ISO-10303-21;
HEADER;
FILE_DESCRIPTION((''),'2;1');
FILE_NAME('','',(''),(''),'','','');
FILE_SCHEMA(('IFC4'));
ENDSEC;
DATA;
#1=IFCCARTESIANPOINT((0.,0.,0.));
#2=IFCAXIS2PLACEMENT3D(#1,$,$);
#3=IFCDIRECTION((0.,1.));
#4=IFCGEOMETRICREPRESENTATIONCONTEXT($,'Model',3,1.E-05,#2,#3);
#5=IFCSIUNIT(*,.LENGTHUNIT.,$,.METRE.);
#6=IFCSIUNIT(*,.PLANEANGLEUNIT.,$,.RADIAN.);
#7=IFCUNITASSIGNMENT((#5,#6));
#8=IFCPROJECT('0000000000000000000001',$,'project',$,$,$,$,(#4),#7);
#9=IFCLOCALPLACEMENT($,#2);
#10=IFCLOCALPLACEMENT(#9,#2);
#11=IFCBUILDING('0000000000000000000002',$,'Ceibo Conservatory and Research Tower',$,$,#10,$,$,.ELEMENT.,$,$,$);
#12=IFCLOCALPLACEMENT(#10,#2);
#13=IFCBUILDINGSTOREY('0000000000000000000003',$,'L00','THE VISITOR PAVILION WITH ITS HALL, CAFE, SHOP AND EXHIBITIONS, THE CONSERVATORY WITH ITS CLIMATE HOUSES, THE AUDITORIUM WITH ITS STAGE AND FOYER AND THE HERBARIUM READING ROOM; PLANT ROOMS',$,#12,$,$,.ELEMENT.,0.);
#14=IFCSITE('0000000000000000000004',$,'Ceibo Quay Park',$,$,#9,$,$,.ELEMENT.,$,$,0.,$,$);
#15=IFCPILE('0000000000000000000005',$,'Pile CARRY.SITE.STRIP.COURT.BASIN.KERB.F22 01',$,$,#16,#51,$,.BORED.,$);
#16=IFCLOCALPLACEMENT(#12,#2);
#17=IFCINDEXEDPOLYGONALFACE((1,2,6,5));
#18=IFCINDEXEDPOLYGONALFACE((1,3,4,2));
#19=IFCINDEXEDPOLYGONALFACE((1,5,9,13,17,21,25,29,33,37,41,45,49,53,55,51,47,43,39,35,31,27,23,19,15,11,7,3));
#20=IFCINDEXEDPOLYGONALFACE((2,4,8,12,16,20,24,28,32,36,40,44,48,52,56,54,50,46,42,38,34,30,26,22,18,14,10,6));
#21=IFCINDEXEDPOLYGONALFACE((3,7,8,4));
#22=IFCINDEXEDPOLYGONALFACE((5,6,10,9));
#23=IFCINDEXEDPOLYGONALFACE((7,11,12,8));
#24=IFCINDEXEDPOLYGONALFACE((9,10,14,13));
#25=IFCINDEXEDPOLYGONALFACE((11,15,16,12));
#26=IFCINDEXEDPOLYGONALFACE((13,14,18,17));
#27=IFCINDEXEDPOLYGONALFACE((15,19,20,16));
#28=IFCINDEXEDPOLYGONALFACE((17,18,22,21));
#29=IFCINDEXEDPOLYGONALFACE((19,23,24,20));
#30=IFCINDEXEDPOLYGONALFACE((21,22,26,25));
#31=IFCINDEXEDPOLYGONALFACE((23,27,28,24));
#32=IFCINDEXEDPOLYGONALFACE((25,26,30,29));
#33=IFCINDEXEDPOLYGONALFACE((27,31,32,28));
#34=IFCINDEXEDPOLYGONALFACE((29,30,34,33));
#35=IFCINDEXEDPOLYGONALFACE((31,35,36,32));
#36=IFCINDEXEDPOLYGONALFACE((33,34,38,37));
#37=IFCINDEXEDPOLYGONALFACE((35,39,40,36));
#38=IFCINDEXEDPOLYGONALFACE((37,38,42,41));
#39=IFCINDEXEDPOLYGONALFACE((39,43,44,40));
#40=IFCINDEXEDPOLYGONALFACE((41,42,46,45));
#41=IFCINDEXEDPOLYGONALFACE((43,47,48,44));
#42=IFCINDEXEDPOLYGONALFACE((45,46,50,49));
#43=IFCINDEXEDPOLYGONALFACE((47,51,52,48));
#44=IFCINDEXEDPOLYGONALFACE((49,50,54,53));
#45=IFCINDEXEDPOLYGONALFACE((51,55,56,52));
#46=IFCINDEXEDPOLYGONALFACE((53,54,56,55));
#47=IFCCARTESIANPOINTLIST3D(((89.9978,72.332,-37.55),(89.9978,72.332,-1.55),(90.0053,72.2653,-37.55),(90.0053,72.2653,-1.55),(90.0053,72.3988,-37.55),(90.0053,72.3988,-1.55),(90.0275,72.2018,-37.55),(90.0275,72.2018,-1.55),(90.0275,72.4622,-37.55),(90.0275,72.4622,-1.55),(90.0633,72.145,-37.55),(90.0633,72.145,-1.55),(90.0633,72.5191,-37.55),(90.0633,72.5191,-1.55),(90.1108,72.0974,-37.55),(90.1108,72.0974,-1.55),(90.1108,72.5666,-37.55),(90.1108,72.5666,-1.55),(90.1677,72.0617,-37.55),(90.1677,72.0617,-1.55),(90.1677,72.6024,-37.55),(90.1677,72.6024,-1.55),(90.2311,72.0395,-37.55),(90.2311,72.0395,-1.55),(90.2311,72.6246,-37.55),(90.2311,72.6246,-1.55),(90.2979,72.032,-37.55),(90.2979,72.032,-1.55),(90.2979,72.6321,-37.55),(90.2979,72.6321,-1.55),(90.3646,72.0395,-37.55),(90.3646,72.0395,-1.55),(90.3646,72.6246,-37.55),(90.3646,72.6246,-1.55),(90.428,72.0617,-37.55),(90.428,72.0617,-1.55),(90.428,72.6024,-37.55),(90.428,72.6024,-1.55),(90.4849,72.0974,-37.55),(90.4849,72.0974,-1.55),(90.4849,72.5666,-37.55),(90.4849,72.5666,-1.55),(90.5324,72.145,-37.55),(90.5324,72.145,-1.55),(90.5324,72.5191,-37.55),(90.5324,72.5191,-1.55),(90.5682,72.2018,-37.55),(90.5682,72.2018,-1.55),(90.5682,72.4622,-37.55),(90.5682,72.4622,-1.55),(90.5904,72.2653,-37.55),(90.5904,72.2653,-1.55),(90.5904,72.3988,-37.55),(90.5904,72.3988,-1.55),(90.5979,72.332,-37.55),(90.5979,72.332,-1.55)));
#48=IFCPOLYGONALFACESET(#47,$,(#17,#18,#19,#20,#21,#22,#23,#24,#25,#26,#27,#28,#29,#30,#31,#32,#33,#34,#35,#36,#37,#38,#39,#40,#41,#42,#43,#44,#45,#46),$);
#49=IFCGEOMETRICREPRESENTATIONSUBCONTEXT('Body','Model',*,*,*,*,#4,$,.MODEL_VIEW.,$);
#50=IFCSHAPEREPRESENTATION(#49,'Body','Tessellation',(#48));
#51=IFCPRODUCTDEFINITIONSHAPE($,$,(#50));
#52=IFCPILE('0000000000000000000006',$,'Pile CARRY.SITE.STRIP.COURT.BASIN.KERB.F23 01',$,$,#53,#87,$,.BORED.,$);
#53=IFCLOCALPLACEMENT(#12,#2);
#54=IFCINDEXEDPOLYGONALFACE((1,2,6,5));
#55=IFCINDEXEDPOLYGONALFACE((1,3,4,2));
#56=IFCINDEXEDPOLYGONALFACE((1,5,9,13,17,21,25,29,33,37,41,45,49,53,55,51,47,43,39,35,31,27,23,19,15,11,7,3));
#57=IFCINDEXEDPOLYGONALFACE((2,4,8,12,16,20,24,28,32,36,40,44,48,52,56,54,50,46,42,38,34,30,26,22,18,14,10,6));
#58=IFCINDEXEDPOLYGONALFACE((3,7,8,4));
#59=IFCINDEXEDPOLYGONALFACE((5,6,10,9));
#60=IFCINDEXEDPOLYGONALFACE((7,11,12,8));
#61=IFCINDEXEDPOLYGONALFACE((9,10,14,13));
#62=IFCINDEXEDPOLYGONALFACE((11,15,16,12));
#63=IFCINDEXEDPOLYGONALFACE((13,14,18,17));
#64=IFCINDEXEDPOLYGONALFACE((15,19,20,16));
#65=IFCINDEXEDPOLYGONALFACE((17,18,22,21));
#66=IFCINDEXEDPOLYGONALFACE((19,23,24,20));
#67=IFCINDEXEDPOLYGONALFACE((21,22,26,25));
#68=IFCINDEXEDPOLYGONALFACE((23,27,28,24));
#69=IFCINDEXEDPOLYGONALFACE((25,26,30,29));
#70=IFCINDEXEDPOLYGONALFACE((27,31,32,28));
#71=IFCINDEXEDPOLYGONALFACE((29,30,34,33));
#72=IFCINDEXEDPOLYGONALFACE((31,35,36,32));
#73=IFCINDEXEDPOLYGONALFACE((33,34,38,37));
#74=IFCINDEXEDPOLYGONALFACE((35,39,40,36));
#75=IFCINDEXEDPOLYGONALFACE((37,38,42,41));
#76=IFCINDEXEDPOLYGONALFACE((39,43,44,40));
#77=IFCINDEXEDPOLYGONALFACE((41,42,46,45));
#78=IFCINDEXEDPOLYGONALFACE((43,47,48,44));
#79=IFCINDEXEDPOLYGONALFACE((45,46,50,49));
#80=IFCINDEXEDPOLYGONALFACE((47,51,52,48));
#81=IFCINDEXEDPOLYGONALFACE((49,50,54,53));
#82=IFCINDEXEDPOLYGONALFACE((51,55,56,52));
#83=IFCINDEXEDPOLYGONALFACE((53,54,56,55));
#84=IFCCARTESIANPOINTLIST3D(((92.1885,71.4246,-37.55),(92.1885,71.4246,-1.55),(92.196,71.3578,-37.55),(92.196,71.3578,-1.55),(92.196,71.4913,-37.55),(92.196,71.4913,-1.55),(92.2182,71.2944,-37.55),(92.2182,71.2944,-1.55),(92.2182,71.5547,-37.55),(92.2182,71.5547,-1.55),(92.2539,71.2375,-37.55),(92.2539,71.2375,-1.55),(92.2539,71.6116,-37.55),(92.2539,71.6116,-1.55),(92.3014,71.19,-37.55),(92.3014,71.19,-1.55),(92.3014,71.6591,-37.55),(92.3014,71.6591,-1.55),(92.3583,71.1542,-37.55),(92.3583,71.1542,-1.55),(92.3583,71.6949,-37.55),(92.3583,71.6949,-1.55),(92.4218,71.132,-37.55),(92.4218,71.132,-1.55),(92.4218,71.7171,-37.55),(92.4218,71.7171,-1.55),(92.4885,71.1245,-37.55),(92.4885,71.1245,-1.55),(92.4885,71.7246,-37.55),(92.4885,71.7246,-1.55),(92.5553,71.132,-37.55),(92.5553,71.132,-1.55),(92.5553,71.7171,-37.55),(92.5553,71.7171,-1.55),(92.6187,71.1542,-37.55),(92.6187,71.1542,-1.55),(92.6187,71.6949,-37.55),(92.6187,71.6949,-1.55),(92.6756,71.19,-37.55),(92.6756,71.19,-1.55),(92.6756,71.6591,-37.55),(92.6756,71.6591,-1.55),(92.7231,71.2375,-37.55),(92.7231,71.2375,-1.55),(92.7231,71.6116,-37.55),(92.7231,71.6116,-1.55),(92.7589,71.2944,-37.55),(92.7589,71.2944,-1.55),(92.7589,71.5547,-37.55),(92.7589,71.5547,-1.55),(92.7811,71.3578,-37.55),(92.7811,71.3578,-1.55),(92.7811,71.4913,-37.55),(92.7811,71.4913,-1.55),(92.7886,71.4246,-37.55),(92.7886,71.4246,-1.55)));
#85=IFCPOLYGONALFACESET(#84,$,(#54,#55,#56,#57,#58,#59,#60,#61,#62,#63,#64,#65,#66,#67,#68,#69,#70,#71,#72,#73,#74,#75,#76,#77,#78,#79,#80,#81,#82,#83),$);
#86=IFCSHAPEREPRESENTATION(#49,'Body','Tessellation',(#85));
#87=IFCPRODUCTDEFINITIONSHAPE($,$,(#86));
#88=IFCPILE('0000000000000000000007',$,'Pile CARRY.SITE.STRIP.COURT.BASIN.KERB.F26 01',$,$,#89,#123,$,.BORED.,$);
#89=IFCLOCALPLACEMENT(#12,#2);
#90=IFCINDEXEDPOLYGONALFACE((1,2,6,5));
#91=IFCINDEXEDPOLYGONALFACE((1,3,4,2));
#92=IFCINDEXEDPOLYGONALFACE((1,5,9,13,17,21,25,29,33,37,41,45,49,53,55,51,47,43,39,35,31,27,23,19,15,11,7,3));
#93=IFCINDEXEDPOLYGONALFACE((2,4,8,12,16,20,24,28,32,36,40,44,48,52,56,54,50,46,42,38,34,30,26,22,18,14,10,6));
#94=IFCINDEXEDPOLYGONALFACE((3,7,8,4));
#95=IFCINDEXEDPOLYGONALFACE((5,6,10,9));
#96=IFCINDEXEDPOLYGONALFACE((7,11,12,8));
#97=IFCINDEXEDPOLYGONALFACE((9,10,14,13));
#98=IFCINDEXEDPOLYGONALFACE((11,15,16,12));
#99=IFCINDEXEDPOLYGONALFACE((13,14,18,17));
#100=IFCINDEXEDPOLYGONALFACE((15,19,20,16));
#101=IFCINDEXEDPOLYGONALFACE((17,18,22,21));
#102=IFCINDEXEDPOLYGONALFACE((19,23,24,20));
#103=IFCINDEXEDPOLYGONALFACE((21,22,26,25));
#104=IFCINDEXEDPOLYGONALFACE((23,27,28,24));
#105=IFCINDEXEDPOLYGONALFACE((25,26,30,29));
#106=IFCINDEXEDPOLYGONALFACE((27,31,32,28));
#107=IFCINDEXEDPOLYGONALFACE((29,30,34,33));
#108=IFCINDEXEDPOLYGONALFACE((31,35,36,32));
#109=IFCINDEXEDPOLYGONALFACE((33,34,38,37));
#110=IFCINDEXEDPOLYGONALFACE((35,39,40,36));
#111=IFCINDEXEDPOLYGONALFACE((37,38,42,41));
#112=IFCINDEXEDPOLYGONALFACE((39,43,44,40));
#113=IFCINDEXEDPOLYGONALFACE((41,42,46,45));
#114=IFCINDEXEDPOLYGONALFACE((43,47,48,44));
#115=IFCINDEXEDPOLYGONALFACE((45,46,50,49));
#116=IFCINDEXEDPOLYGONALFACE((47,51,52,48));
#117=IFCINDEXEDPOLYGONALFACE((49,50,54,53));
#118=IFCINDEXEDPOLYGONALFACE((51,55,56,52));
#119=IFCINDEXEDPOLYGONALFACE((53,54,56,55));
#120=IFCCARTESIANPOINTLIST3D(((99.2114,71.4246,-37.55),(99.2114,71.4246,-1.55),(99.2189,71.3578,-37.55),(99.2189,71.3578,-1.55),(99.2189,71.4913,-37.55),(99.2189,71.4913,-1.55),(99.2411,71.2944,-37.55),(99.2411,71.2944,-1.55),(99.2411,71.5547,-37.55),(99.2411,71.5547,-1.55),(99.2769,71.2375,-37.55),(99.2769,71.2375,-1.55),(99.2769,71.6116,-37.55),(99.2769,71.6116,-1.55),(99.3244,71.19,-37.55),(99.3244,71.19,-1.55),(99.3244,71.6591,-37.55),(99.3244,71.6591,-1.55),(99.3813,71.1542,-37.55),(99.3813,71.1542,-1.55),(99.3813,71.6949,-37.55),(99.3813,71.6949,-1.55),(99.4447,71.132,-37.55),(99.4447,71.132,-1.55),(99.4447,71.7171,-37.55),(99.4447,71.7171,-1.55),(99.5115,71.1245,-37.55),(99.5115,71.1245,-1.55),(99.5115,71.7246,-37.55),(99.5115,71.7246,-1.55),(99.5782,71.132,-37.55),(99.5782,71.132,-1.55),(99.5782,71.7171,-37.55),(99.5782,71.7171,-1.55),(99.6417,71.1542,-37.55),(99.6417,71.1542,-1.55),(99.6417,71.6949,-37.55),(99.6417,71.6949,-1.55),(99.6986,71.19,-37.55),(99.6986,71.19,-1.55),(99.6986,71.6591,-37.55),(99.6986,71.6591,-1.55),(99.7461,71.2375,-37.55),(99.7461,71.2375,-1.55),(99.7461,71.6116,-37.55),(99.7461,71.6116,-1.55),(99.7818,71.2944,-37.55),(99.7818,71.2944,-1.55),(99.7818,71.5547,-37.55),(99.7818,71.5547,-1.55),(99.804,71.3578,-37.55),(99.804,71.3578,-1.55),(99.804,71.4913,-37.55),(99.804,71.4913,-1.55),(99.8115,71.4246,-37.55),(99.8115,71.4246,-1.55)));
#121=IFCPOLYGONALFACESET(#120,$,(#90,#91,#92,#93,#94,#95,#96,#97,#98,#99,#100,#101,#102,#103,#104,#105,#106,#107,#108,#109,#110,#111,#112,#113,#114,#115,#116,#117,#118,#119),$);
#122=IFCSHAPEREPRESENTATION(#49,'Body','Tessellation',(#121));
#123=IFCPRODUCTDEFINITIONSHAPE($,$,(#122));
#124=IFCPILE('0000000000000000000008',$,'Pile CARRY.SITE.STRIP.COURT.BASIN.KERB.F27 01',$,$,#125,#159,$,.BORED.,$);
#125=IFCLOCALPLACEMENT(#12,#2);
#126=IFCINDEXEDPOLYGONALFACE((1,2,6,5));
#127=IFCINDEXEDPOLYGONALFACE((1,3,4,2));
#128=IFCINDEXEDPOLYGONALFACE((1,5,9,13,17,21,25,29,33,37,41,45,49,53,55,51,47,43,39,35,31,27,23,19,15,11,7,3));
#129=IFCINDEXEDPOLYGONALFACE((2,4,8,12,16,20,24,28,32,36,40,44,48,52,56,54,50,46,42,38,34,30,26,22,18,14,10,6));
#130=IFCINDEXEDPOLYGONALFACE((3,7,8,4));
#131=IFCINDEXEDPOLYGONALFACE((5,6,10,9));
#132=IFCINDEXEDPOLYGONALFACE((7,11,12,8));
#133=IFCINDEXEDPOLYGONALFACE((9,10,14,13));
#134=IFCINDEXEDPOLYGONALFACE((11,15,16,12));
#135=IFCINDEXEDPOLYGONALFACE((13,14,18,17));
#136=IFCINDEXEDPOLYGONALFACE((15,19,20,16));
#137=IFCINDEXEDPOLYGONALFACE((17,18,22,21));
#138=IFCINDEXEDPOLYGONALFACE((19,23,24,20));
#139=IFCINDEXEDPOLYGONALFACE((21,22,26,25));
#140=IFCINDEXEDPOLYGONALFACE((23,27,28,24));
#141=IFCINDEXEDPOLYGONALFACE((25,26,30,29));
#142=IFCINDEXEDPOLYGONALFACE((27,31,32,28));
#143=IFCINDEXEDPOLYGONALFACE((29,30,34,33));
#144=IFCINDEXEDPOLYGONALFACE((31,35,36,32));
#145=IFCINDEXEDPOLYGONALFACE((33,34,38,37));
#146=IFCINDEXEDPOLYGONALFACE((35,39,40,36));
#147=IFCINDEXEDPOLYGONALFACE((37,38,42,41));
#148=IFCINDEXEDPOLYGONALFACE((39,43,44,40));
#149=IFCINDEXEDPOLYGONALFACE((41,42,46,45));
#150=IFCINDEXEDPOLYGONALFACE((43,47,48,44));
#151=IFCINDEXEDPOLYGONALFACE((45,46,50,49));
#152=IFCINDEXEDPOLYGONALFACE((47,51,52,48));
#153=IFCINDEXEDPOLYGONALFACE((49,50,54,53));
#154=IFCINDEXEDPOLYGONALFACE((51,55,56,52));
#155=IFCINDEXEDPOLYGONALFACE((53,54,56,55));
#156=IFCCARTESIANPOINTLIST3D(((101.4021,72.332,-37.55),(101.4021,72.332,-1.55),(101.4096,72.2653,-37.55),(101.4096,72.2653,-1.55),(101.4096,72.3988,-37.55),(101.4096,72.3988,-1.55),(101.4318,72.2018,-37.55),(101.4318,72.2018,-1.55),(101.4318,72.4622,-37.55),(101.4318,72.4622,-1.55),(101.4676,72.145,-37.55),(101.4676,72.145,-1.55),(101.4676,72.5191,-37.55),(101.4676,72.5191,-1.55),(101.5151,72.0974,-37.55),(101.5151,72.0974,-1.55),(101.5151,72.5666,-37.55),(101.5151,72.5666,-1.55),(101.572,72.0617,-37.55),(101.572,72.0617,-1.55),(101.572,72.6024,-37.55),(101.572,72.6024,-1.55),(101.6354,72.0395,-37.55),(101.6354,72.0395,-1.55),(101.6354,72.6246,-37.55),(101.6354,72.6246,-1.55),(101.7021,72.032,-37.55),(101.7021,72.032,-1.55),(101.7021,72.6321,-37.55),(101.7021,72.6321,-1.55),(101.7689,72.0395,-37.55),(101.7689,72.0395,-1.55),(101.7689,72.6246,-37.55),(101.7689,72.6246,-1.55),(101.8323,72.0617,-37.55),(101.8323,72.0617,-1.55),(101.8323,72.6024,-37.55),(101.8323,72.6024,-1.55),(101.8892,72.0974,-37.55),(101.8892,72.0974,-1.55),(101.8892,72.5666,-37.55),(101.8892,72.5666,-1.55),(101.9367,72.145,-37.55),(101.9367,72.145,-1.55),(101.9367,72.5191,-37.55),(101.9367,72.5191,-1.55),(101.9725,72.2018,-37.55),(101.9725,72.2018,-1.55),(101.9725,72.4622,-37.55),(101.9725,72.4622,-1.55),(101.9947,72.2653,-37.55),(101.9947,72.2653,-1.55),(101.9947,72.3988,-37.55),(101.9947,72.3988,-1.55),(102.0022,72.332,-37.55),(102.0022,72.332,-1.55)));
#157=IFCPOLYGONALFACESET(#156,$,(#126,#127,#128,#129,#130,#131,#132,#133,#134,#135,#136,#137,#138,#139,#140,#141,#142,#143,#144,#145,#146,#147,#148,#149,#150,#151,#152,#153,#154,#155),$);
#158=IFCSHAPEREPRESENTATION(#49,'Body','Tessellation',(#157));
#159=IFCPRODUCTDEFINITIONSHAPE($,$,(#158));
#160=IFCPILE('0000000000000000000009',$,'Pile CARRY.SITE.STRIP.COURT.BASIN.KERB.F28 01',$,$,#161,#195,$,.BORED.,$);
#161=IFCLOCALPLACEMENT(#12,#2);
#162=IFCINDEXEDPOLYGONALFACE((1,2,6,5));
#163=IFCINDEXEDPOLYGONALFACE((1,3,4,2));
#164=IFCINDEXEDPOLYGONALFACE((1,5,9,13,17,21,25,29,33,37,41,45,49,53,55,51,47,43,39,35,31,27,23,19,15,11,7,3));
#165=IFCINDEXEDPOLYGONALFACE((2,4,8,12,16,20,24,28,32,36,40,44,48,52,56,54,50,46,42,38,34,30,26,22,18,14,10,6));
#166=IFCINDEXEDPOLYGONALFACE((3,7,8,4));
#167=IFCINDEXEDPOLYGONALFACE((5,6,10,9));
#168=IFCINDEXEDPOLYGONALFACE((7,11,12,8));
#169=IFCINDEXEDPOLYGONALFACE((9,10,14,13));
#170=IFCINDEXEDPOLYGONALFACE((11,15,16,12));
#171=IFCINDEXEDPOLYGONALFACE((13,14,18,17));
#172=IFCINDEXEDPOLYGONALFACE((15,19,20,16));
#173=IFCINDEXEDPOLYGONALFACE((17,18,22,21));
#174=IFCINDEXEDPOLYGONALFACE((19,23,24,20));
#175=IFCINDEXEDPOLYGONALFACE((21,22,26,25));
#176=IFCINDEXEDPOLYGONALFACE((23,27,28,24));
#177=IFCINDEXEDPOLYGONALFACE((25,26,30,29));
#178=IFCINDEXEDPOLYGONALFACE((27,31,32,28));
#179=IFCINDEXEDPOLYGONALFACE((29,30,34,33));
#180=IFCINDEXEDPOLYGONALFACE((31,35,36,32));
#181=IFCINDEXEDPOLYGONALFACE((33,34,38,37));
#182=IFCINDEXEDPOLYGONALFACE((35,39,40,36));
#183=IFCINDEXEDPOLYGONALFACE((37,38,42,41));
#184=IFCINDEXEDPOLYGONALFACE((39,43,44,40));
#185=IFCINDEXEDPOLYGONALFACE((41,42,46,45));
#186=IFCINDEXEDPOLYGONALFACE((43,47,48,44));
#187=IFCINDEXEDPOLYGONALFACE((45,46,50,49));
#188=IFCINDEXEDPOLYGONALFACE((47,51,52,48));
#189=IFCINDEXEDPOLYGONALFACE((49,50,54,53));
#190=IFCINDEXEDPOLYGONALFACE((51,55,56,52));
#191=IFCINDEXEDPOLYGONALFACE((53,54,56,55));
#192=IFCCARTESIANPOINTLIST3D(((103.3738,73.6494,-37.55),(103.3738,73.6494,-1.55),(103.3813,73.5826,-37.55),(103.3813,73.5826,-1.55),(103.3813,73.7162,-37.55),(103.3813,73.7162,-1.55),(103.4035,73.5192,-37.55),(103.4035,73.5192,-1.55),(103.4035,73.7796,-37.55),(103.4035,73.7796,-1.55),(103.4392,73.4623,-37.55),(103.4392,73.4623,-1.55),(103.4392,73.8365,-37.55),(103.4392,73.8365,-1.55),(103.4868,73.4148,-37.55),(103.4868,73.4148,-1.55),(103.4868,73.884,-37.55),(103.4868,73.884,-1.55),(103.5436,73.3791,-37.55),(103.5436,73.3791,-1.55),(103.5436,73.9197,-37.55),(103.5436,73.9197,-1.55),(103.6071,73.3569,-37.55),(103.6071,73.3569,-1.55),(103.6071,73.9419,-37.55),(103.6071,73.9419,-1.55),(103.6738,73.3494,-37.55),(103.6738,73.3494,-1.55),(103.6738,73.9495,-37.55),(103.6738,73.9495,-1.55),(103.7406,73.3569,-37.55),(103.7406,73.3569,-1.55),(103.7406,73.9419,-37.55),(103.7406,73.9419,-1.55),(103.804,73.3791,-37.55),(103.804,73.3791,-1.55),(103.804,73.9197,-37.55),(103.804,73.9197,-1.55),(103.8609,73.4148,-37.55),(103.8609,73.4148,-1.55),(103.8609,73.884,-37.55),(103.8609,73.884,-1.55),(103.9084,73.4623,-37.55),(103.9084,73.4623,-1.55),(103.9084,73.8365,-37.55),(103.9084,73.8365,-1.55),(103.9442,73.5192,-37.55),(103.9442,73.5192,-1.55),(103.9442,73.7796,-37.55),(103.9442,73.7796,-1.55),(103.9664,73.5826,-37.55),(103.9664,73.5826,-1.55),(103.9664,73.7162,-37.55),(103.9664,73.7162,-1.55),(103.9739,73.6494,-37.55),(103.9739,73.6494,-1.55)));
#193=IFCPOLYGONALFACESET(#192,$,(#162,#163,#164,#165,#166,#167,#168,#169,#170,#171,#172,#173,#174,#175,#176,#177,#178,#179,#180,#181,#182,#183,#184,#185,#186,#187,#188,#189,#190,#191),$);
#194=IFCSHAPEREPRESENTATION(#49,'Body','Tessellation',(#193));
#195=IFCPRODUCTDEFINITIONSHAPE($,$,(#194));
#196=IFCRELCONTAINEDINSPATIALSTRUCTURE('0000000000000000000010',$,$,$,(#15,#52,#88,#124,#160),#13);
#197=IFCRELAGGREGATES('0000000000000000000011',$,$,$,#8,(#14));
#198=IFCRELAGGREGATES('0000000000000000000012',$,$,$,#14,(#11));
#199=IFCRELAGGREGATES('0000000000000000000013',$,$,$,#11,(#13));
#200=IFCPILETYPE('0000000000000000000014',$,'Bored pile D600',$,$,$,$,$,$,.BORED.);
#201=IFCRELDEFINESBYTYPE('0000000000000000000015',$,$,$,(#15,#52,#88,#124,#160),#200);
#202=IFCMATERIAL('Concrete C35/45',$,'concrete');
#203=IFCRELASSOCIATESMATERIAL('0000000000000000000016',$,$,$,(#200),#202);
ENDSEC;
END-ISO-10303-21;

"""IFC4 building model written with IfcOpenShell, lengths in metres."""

from ifc_helpers import new_model, si_unit, direction, frame, origin, origin_2d, place, context, subcontext, project, spatial, circle, extrude, material, material_profile, profile_set, type_object, element, save


model = new_model("IFC4")

# Units and contexts
model_context = context("Model", 3, precision=1e-05, world=origin(), true_north=direction((0.0, 1.0)))
body_context = subcontext(model_context, "Body", "Model", "MODEL_VIEW")
ifc_project = project(units=[si_unit("LENGTHUNIT", "METRE"), si_unit("PLANEANGLEUNIT", "RADIAN")], contexts=[model_context])

# Site, building, storey
site_placement = place(None, origin())
site = spatial("IfcSite", under=ifc_project, at=site_placement, Name="Ceibo Quay Park", CompositionType="ELEMENT", RefElevation=0.0)
building_placement = place(site_placement, origin())
building = spatial("IfcBuilding", under=site, at=building_placement, Name="Ceibo Conservatory and Research Tower", CompositionType="ELEMENT")
storey_placement = place(building_placement, origin())
storey = spatial("IfcBuildingStorey", under=building, at=storey_placement, Name="L00", Description="THE VISITOR PAVILION WITH ITS HALL, CAFE, SHOP AND EXHIBITIONS, THE CONSERVATORY WITH ITS CLIMATE HOUSES, THE AUDITORIUM WITH ITS STAGE AND FOYER AND THE HERBARIUM READING ROOM; PLANT ROOMS", CompositionType="ELEMENT", Elevation=0.0)

# Piles
ifc_material_1 = material(Name="Concrete C35/45", Category="concrete")
ifc_material_profile = material_profile(ifc_material_1, circle(Radius=0.3, at=origin_2d()), Name="RC D600")
ifc_profile_set = profile_set([ifc_material_profile], Name="Concrete C35/45")
pile_type = type_object("IfcPileType", Name="Bored pile D600", PredefinedType="BORED", material=ifc_profile_set)
for number, where, z_axis, x_axis, name in (
    (1, (90.2979, 72.332, -1.55), (0.0, 0.0, -1.0), (1.0, 0.0, 0.0), "Pile CARRY.SITE.STRIP.COURT.BASIN.KERB.F22 01"),
    (2, (92.4885, 71.4246, -1.55), (0.0, 0.0, -1.0), (1.0, 0.0, 0.0), "Pile CARRY.SITE.STRIP.COURT.BASIN.KERB.F23 01"),
    (3, (99.5115, 71.4246, -1.55), (0.0, 0.0, -1.0), (1.0, 0.0, 0.0), "Pile CARRY.SITE.STRIP.COURT.BASIN.KERB.F26 01"),
    (4, (101.7021, 72.332, -1.55), (0.0, 0.0, -1.0), (1.0, 0.0, 0.0), "Pile CARRY.SITE.STRIP.COURT.BASIN.KERB.F27 01"),
    (5, (103.6738, 73.6494, -1.55), (0.0, 0.0, -1.0), (1.0, 0.0, 0.0), "Pile CARRY.SITE.STRIP.COURT.BASIN.KERB.F28 01"),
):
    element("IfcPile", number, at=place(storey_placement, frame(where, z_axis=z_axis, x_axis=x_axis)), inside=storey, type_object=pile_type, Name=name, PredefinedType="BORED", context=body_context, shape_type="SweptSolid", body=[
        extrude(circle(Radius=0.3, at=origin_2d()), origin(), (0.0, 0.0, 1.0), 36.0),
    ])

save(model, "model.ifc")
